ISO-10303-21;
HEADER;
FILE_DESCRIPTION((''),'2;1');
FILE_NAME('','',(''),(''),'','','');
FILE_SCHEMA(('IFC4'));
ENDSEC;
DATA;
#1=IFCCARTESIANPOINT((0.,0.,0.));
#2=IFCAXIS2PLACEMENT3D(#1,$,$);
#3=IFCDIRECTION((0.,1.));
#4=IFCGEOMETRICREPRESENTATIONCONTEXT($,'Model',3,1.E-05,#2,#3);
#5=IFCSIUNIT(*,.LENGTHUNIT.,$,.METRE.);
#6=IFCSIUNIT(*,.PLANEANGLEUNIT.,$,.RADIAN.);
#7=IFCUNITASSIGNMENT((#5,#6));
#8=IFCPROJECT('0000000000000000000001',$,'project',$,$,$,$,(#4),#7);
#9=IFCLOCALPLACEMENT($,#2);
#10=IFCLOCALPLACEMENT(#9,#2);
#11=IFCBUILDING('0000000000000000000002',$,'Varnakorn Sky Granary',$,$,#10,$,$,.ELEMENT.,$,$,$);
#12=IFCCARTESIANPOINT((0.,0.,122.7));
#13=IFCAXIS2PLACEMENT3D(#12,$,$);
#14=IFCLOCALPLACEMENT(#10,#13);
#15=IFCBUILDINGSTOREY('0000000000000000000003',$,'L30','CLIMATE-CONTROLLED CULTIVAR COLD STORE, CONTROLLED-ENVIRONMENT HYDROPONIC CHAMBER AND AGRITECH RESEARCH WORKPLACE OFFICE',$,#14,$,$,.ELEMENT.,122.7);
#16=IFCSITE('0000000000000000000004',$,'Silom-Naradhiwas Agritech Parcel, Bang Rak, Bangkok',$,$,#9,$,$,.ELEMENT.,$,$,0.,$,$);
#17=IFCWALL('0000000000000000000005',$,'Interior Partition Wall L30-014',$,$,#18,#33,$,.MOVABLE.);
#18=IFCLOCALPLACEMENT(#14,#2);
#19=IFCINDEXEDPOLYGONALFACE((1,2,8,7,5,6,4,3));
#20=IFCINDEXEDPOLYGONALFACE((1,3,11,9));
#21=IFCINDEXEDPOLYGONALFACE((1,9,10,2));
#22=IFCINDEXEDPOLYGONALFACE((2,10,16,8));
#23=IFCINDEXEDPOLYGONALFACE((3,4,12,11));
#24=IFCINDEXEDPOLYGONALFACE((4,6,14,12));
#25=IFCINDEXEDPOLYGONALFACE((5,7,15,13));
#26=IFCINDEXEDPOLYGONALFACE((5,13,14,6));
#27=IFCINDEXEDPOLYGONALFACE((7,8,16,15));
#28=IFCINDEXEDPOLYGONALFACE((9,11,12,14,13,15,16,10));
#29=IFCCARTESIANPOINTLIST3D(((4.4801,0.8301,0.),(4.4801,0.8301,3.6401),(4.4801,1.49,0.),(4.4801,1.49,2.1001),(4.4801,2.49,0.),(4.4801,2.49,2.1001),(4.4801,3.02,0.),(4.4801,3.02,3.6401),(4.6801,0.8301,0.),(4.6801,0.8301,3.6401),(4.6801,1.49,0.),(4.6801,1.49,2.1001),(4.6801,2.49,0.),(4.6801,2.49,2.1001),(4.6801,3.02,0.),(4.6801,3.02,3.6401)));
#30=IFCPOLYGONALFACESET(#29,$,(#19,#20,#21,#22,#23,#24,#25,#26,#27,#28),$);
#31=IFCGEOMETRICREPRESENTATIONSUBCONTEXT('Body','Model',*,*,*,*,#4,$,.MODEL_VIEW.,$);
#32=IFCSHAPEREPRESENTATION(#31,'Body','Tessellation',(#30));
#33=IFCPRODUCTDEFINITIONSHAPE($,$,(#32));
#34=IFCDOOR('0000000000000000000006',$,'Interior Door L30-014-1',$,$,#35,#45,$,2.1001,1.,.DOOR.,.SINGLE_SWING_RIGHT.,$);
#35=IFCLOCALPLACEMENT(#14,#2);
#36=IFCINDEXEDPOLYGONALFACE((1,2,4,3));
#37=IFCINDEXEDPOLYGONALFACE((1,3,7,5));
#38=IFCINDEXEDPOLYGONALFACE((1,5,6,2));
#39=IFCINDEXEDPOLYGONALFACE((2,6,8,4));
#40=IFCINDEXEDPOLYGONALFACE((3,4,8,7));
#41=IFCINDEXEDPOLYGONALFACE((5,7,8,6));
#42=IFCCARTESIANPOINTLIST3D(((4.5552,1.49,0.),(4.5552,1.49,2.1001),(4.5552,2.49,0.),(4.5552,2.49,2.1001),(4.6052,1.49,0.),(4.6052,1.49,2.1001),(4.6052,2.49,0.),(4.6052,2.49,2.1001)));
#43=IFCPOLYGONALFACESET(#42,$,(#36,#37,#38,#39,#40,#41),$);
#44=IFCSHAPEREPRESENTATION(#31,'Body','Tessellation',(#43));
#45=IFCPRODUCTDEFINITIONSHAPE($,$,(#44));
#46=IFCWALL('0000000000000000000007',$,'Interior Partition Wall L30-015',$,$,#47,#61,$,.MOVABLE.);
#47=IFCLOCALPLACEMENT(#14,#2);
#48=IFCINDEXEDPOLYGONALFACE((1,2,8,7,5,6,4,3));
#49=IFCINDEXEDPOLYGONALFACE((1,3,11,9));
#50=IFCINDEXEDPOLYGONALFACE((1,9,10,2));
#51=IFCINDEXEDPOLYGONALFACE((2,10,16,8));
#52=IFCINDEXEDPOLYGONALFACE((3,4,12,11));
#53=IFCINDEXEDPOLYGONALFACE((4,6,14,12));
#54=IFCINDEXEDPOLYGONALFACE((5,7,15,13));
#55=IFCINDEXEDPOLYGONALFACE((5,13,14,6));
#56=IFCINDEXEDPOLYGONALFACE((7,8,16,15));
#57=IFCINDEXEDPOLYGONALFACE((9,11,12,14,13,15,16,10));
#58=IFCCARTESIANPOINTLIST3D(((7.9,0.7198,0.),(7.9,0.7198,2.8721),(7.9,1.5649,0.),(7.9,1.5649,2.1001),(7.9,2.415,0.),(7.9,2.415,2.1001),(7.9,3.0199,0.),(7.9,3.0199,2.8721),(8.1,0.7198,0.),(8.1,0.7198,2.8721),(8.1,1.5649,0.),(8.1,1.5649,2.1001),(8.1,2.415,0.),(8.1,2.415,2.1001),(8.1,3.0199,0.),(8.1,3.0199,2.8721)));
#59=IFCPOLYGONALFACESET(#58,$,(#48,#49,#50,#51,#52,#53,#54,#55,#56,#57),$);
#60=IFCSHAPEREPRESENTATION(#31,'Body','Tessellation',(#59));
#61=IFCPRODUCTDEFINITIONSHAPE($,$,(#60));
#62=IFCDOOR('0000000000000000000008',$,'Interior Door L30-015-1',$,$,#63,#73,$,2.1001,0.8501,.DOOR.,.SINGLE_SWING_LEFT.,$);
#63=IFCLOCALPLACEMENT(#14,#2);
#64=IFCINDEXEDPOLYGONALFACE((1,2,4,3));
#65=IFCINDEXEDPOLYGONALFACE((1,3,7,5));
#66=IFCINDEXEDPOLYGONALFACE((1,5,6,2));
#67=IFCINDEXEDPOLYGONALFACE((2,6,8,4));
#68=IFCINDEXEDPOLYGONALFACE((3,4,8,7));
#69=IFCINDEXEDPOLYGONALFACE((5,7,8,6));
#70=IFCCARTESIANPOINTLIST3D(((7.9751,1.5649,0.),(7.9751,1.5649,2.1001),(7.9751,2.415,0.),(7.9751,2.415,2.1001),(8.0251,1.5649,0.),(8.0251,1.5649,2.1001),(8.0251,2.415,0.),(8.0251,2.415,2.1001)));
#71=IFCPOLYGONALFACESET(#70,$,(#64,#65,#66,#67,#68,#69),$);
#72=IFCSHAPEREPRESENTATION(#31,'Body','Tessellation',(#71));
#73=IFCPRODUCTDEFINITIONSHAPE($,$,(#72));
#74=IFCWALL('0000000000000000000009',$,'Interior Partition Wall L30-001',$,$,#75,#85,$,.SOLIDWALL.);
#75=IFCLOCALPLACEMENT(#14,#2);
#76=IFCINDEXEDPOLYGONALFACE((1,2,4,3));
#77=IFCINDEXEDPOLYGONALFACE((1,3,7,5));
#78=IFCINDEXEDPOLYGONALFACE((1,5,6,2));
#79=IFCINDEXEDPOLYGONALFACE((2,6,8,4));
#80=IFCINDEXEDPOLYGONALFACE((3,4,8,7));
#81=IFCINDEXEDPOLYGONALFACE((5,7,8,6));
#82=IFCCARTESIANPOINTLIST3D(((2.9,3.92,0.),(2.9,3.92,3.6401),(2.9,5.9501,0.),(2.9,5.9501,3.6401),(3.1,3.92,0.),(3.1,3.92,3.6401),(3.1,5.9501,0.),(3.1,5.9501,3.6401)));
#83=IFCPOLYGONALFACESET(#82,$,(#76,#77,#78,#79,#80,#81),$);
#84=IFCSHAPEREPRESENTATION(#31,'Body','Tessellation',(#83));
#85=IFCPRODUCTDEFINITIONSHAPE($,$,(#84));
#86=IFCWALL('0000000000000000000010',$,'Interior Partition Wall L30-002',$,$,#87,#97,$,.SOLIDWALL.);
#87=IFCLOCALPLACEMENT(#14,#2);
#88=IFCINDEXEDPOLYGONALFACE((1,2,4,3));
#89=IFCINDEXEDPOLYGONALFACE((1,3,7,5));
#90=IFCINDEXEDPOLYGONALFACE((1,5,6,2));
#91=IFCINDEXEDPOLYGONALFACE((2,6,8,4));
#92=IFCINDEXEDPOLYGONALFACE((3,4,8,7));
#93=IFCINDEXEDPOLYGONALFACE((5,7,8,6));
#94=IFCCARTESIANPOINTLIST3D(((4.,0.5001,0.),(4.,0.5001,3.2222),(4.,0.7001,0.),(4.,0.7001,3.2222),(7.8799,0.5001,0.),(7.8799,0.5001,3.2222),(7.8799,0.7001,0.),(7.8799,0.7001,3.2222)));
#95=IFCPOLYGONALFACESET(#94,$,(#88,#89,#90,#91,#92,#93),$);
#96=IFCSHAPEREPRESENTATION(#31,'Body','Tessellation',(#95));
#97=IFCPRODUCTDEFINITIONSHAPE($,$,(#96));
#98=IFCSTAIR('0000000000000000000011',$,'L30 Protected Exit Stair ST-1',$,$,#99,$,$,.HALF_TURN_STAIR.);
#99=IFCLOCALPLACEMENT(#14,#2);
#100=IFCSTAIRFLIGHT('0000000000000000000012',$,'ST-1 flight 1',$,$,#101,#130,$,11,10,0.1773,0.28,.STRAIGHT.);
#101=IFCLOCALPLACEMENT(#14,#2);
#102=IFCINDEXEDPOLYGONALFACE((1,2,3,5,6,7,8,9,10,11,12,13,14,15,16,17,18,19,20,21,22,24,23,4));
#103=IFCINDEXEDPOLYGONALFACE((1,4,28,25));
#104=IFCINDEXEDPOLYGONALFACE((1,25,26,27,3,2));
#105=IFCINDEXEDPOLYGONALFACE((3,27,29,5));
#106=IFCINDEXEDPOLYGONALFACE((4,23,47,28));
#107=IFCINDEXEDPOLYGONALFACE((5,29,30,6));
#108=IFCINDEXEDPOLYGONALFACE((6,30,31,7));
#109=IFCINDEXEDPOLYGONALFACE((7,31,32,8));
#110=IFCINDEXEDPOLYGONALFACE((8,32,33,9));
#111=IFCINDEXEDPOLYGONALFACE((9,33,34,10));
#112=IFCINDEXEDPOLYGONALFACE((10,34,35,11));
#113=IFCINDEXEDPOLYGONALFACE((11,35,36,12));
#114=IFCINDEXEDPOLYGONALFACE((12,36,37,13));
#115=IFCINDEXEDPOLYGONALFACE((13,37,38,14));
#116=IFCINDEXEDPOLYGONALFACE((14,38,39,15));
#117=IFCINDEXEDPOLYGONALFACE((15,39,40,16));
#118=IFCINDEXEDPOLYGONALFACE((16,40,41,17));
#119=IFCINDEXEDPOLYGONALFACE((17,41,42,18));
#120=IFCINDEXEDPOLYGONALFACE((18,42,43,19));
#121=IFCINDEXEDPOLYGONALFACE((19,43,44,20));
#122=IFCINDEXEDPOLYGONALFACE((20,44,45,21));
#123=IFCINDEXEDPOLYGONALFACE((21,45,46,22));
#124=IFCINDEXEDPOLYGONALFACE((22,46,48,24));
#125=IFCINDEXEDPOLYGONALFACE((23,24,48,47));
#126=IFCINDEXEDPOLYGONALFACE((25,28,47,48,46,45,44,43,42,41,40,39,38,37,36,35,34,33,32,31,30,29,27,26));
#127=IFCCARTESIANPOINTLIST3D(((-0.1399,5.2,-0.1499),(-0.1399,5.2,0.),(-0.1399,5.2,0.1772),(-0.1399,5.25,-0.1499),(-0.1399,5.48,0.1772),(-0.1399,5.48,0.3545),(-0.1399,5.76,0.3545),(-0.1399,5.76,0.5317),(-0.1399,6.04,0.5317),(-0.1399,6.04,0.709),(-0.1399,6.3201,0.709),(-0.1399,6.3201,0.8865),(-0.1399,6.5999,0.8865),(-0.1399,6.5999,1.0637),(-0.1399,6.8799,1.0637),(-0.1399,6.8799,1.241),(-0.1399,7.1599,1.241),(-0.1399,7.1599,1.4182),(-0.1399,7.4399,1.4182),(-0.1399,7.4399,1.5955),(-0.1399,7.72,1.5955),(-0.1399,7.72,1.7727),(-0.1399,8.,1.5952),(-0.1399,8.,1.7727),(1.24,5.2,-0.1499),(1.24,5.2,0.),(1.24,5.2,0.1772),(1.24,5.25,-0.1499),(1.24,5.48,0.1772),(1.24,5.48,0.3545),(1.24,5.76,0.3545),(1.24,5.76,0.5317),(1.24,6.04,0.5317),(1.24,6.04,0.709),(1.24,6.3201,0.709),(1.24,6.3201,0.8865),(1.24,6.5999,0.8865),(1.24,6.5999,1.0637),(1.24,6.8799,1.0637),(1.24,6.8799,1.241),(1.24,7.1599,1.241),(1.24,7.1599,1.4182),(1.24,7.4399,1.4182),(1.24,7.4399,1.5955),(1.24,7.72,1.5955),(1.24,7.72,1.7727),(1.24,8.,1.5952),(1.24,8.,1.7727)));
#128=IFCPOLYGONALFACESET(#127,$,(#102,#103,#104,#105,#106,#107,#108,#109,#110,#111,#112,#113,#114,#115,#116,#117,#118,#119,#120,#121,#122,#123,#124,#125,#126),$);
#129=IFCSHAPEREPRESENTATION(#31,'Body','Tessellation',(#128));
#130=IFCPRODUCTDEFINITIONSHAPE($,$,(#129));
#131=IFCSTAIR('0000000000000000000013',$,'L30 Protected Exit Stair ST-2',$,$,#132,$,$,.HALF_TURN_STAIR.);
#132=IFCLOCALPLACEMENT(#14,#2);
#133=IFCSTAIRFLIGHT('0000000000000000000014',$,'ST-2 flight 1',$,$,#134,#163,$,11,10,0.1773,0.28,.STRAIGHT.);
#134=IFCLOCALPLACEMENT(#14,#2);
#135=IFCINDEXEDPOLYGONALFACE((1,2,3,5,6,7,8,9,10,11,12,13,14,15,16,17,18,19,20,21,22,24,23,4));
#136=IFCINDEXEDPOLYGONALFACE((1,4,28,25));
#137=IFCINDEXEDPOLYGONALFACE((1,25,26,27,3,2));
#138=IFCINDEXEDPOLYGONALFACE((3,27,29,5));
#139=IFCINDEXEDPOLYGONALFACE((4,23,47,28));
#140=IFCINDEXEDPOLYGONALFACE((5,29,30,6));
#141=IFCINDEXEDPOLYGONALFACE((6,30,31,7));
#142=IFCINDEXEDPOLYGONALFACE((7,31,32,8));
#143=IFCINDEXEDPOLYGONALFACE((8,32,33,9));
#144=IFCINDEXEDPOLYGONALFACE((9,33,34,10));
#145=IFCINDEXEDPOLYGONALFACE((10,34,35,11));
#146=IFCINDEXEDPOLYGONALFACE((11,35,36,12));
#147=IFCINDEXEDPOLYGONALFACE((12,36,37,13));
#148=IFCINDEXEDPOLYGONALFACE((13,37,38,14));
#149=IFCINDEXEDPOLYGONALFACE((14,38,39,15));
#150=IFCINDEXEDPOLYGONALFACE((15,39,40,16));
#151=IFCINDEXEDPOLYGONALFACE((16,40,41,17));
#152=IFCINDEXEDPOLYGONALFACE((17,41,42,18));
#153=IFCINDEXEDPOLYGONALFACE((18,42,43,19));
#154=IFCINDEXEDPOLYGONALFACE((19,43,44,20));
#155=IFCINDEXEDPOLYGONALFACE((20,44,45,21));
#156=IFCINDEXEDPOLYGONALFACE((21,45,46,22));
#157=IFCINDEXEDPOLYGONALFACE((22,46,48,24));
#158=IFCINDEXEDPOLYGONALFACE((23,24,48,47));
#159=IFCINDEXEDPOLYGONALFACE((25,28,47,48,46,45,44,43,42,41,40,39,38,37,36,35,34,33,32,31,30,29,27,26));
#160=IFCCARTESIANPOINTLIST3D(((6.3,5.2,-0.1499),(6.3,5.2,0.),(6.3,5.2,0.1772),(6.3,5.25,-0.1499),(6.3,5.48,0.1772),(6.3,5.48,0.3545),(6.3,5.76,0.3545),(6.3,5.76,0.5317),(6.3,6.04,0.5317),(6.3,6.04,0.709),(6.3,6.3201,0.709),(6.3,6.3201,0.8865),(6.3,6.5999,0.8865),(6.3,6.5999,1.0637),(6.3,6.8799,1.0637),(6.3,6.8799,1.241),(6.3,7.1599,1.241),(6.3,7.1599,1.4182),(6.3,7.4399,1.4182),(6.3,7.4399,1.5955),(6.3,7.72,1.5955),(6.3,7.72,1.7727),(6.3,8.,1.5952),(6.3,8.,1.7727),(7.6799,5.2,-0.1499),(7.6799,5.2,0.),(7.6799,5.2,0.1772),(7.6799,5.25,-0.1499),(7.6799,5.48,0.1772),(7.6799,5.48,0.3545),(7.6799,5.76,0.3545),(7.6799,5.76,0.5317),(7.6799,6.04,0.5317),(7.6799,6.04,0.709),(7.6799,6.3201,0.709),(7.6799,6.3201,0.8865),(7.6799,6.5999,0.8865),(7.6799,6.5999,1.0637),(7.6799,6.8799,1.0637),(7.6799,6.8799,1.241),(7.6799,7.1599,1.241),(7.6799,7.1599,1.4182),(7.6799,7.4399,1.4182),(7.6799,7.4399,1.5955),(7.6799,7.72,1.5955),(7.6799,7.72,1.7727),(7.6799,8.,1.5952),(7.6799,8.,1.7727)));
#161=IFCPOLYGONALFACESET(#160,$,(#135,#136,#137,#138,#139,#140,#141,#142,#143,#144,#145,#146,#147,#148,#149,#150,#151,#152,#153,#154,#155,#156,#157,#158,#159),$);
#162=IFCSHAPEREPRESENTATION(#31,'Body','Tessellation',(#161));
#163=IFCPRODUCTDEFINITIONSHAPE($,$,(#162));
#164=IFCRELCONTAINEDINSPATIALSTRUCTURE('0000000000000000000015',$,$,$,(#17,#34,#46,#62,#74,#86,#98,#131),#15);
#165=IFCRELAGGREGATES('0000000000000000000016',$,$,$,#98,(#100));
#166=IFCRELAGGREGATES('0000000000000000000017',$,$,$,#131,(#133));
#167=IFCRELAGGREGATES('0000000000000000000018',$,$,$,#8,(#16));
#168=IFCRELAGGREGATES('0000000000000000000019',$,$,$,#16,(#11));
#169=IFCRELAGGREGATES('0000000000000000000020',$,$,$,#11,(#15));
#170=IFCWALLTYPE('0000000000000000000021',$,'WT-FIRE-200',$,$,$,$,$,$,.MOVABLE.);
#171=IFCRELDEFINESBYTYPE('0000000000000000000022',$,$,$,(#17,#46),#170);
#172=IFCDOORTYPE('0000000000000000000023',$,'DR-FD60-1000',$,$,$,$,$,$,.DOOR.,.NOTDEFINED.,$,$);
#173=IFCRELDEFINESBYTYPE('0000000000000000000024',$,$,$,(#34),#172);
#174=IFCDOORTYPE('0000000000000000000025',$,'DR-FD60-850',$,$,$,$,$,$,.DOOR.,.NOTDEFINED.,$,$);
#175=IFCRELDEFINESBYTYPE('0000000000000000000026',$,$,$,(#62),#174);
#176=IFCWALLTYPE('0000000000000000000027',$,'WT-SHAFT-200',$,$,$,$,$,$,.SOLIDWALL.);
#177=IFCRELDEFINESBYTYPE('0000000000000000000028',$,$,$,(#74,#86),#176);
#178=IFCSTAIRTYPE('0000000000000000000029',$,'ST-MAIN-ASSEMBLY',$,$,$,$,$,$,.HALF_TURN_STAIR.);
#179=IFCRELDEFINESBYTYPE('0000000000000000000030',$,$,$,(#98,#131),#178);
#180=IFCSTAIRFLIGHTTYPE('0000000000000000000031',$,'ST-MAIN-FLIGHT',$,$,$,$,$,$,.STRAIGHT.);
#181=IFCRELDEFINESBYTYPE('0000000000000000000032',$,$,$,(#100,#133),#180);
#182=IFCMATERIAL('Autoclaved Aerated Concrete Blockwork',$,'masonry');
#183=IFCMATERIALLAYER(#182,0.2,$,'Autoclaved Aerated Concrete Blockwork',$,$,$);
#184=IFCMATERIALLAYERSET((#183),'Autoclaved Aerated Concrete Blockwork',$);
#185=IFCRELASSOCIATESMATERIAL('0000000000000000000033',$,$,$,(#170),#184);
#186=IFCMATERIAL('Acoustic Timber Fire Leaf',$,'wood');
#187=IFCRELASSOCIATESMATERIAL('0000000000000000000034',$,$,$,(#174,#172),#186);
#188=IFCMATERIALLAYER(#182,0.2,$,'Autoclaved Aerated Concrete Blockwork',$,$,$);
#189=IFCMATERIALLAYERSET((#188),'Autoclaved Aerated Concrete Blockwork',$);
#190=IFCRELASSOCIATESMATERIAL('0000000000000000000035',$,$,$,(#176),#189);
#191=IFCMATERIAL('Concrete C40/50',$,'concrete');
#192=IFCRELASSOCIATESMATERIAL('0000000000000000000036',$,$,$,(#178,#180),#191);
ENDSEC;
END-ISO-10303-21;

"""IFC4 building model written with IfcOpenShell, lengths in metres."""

from ifc_helpers import new_model, si_unit, direction, frame, frame_2d, origin, place, context, subcontext, project, spatial, polyline, rectangle, outline, extrude, material, layer, layer_set, type_object, element, fill, aggregate, save


model = new_model("IFC4")

# Units and contexts
model_context = context("Model", 3, precision=1e-05, world=origin(), true_north=direction((0.0, 1.0)))
body_context = subcontext(model_context, "Body", "Model", "MODEL_VIEW")
ifc_project = project(units=[si_unit("LENGTHUNIT", "METRE"), si_unit("PLANEANGLEUNIT", "RADIAN")], contexts=[model_context])

# Site, building, storey
site_placement = place(None, origin())
site = spatial("IfcSite", under=ifc_project, at=site_placement, Name="Silom-Naradhiwas Agritech Parcel, Bang Rak, Bangkok", CompositionType="ELEMENT", RefElevation=0.0)
building_placement = place(site_placement, origin())
building = spatial("IfcBuilding", under=site, at=building_placement, Name="Varnakorn Sky Granary", CompositionType="ELEMENT")
storey_placement = place(building_placement, frame((0.0, 0.0, 122.7)))
storey = spatial("IfcBuildingStorey", under=building, at=storey_placement, Name="L30", Description="CLIMATE-CONTROLLED CULTIVAR COLD STORE, CONTROLLED-ENVIRONMENT HYDROPONIC CHAMBER AND AGRITECH RESEARCH WORKPLACE OFFICE", CompositionType="ELEMENT", Elevation=122.7)

# Shared definitions
ifc_material_1 = material(Name="Autoclaved Aerated Concrete Blockwork", Category="masonry")
ifc_layer_1 = layer(ifc_material_1, 0.2, Name="Autoclaved Aerated Concrete Blockwork")
ifc_layer_set_1 = layer_set([ifc_layer_1], Name="Autoclaved Aerated Concrete Blockwork")
wall_type_1 = type_object("IfcWallType", Name="WT-FIRE-200", PredefinedType="MOVABLE", material=ifc_layer_set_1)
ifc_material_2 = material(Name="Acoustic Timber Fire Leaf", Category="wood")
door_type_1 = type_object("IfcDoorType", Name="DR-FD60-850", OperationType="NOTDEFINED", PredefinedType="DOOR", material=ifc_material_2)

# Walls, openings, doors
wall_1_placement = place(storey_placement, frame((4.5801, 0.8301, 0.0), z_axis=(0.0, 0.0, 1.0), x_axis=(0.0, 1.0, 0.0)))
wall_1 = element("IfcWall", 1, at=wall_1_placement, inside=storey, type_object=wall_type_1, Name="Interior Partition Wall L30-014", PredefinedType="MOVABLE", context=body_context, shape_type="SweptSolid", body=[
    extrude(rectangle(XDim=2.1899, YDim=0.2, at=frame_2d((1.095, 0.0))), origin(), (0.0, 0.0, 1.0), 3.6401),
])
opening_1_placement = place(wall_1_placement, frame((0.6599, 0.0, 0.0)))
opening_1 = element("IfcOpeningElement", 2, at=opening_1_placement, cuts=wall_1, PredefinedType="OPENING", context=body_context, shape_type="SweptSolid", body=[
    extrude(rectangle(XDim=1.0, YDim=2.1001, at=frame_2d((0.5, 1.05))), frame((0.0, 0.1099, 0.0), z_axis=(0.0, -1.0, 0.0), x_axis=(1.0, 0.0, 0.0)), (0.0, 0.0, 1.0), 0.22),
])
door_type_2 = type_object("IfcDoorType", Name="DR-FD60-1000", OperationType="NOTDEFINED", PredefinedType="DOOR", material=ifc_material_2)
door_1_placement = place(opening_1_placement, origin())
door_1 = element("IfcDoor", 3, at=door_1_placement, inside=storey, type_object=door_type_2, Name="Interior Door L30-014-1", OperationType="SINGLE_SWING_RIGHT", OverallHeight=2.1001, OverallWidth=1.0, PredefinedType="DOOR", context=body_context, shape_type="SweptSolid", body=[
    extrude(rectangle(XDim=1.0, YDim=2.1001, at=frame_2d((0.5, 1.05))), frame((0.0, 0.0249, 0.0), z_axis=(0.0, -1.0, 0.0), x_axis=(1.0, 0.0, 0.0)), (0.0, 0.0, 1.0), 0.05),
])
fill(opening_1, door_1)
wall_2_placement = place(storey_placement, frame((8.0, 0.72, 0.0), z_axis=(0.0, 0.0, 1.0), x_axis=(0.0, 1.0, 0.0)))
wall_2 = element("IfcWall", 4, at=wall_2_placement, inside=storey, type_object=wall_type_1, Name="Interior Partition Wall L30-015", PredefinedType="MOVABLE", context=body_context, shape_type="SweptSolid", body=[
    extrude(rectangle(XDim=2.3, YDim=0.2, at=frame_2d((1.1499, 0.0))), origin(), (0.0, 0.0, 1.0), 2.8721),
])
opening_2_placement = place(wall_2_placement, frame((0.845, 0.0, 0.0)))
opening_2 = element("IfcOpeningElement", 5, at=opening_2_placement, cuts=wall_2, PredefinedType="OPENING", context=body_context, shape_type="SweptSolid", body=[
    extrude(rectangle(XDim=0.8501, YDim=2.1001, at=frame_2d((0.425, 1.05))), frame((0.0, 0.1099, 0.0), z_axis=(0.0, -1.0, 0.0), x_axis=(1.0, 0.0, 0.0)), (0.0, 0.0, 1.0), 0.22),
])
door_2_placement = place(opening_2_placement, origin())
door_2 = element("IfcDoor", 6, at=door_2_placement, inside=storey, type_object=door_type_1, Name="Interior Door L30-015-1", OperationType="SINGLE_SWING_LEFT", OverallHeight=2.1001, OverallWidth=0.8501, PredefinedType="DOOR", context=body_context, shape_type="SweptSolid", body=[
    extrude(rectangle(XDim=0.8501, YDim=2.1001, at=frame_2d((0.425, 1.05))), frame((0.0, 0.0249, 0.0), z_axis=(0.0, -1.0, 0.0), x_axis=(1.0, 0.0, 0.0)), (0.0, 0.0, 1.0), 0.05),
])
fill(opening_2, door_2)

# Walls
ifc_layer_2 = layer(ifc_material_1, 0.2, Name="Autoclaved Aerated Concrete Blockwork")
ifc_layer_set_2 = layer_set([ifc_layer_2], Name="Autoclaved Aerated Concrete Blockwork")
wall_type_2 = type_object("IfcWallType", Name="WT-SHAFT-200", PredefinedType="SOLIDWALL", material=ifc_layer_set_2)
wall_3_placement = place(storey_placement, frame((3.0, 3.9199, 0.0), z_axis=(0.0, 0.0, 1.0), x_axis=(0.0, 1.0, 0.0)))
element("IfcWall", 7, at=wall_3_placement, inside=storey, type_object=wall_type_2, Name="Interior Partition Wall L30-001", PredefinedType="SOLIDWALL", context=body_context, shape_type="SweptSolid", body=[
    extrude(rectangle(XDim=2.03, YDim=0.2, at=frame_2d((1.0151, 0.0))), origin(), (0.0, 0.0, 1.0), 3.6401),
])
wall_4_placement = place(storey_placement, frame((4.0, 0.6001, 0.0), z_axis=(0.0, 0.0, 1.0), x_axis=(1.0, 0.0, 0.0)))
element("IfcWall", 8, at=wall_4_placement, inside=storey, type_object=wall_type_2, Name="Interior Partition Wall L30-002", PredefinedType="SOLIDWALL", context=body_context, shape_type="SweptSolid", body=[
    extrude(rectangle(XDim=3.8799, YDim=0.2, at=frame_2d((1.9399, 0.0))), origin(), (0.0, 0.0, 1.0), 3.2222),
])

# Stair, stair flight
ifc_material_3 = material(Name="Concrete C40/50", Category="concrete")
stair_type = type_object("IfcStairType", Name="ST-MAIN-ASSEMBLY", PredefinedType="HALF_TURN_STAIR", material=ifc_material_3)
stair_1_placement = place(storey_placement, origin())
stair_1 = element("IfcStair", 9, at=stair_1_placement, inside=storey, type_object=stair_type, Name="L30 Protected Exit Stair ST-1", PredefinedType="HALF_TURN_STAIR")
stair_flight_type = type_object("IfcStairFlightType", Name="ST-MAIN-FLIGHT", PredefinedType="STRAIGHT", material=ifc_material_3)
stair_flight_1_placement = place(storey_placement, frame((0.55, 5.2, 0.0), z_axis=(0.0, 0.0, 1.0), x_axis=(0.0, 1.0, 0.0)))
stair_flight_1 = element("IfcStairFlight", 10, at=stair_flight_1_placement, type_object=stair_flight_type, Name="ST-1 flight 1", NumberOfRisers=11, NumberOfTreads=10, PredefinedType="STRAIGHT", RiserHeight=0.1773, TreadLength=0.28, context=body_context, shape_type="SweptSolid", body=[
    extrude(outline(polyline([(0.0, -0.1499), (0.0, 0.0), (0.0, 0.1772), (0.28, 0.1772), (0.28, 0.3545), (0.5601, 0.3545), (0.5601, 0.5317), (0.8401, 0.5317), (0.8401, 0.709), (1.1201, 0.709), (1.1201, 0.8865), (1.3999, 0.8865), (1.3999, 1.0637), (1.6799, 1.0637), (1.6799, 1.241), (1.96, 1.241), (1.96, 1.4182), (2.24, 1.4182), (2.24, 1.5955), (2.52, 1.5955), (2.52, 1.7727), (2.8, 1.7727), (2.8, 1.95), (2.8, 1.5952), (0.05, -0.1499), (0.0, -0.1499)])), frame((0.0, 0.6899, 0.0), z_axis=(0.0, -1.0, 0.0), x_axis=(1.0, 0.0, 0.0)), (0.0, 0.0, 1.0), 1.3799),
])
aggregate(stair_1, [stair_flight_1])

# Stair, stair flight
stair_2_placement = place(storey_placement, origin())
stair_2 = element("IfcStair", 11, at=stair_2_placement, inside=storey, type_object=stair_type, Name="L30 Protected Exit Stair ST-2", PredefinedType="HALF_TURN_STAIR")
stair_flight_2_placement = place(storey_placement, frame((6.99, 5.2, 0.0), z_axis=(0.0, 0.0, 1.0), x_axis=(0.0, 1.0, 0.0)))
stair_flight_2 = element("IfcStairFlight", 12, at=stair_flight_2_placement, type_object=stair_flight_type, Name="ST-2 flight 1", NumberOfRisers=11, NumberOfTreads=10, PredefinedType="STRAIGHT", RiserHeight=0.1773, TreadLength=0.28, context=body_context, shape_type="SweptSolid", body=[
    extrude(outline(polyline([(0.0, -0.1499), (0.0, 0.0), (0.0, 0.1772), (0.28, 0.1772), (0.28, 0.3545), (0.5601, 0.3545), (0.5601, 0.5317), (0.8401, 0.5317), (0.8401, 0.709), (1.1201, 0.709), (1.1201, 0.8865), (1.3999, 0.8865), (1.3999, 1.0637), (1.6799, 1.0637), (1.6799, 1.241), (1.96, 1.241), (1.96, 1.4182), (2.24, 1.4182), (2.24, 1.5955), (2.52, 1.5955), (2.52, 1.7727), (2.8, 1.7727), (2.8, 1.95), (2.8, 1.5952), (0.05, -0.1499), (0.0, -0.1499)])), frame((0.0, 0.6899, 0.0), z_axis=(0.0, -1.0, 0.0), x_axis=(1.0, 0.0, 0.0)), (0.0, 0.0, 1.0), 1.3799),
])
aggregate(stair_2, [stair_flight_2])

save(model, "model.ifc")
